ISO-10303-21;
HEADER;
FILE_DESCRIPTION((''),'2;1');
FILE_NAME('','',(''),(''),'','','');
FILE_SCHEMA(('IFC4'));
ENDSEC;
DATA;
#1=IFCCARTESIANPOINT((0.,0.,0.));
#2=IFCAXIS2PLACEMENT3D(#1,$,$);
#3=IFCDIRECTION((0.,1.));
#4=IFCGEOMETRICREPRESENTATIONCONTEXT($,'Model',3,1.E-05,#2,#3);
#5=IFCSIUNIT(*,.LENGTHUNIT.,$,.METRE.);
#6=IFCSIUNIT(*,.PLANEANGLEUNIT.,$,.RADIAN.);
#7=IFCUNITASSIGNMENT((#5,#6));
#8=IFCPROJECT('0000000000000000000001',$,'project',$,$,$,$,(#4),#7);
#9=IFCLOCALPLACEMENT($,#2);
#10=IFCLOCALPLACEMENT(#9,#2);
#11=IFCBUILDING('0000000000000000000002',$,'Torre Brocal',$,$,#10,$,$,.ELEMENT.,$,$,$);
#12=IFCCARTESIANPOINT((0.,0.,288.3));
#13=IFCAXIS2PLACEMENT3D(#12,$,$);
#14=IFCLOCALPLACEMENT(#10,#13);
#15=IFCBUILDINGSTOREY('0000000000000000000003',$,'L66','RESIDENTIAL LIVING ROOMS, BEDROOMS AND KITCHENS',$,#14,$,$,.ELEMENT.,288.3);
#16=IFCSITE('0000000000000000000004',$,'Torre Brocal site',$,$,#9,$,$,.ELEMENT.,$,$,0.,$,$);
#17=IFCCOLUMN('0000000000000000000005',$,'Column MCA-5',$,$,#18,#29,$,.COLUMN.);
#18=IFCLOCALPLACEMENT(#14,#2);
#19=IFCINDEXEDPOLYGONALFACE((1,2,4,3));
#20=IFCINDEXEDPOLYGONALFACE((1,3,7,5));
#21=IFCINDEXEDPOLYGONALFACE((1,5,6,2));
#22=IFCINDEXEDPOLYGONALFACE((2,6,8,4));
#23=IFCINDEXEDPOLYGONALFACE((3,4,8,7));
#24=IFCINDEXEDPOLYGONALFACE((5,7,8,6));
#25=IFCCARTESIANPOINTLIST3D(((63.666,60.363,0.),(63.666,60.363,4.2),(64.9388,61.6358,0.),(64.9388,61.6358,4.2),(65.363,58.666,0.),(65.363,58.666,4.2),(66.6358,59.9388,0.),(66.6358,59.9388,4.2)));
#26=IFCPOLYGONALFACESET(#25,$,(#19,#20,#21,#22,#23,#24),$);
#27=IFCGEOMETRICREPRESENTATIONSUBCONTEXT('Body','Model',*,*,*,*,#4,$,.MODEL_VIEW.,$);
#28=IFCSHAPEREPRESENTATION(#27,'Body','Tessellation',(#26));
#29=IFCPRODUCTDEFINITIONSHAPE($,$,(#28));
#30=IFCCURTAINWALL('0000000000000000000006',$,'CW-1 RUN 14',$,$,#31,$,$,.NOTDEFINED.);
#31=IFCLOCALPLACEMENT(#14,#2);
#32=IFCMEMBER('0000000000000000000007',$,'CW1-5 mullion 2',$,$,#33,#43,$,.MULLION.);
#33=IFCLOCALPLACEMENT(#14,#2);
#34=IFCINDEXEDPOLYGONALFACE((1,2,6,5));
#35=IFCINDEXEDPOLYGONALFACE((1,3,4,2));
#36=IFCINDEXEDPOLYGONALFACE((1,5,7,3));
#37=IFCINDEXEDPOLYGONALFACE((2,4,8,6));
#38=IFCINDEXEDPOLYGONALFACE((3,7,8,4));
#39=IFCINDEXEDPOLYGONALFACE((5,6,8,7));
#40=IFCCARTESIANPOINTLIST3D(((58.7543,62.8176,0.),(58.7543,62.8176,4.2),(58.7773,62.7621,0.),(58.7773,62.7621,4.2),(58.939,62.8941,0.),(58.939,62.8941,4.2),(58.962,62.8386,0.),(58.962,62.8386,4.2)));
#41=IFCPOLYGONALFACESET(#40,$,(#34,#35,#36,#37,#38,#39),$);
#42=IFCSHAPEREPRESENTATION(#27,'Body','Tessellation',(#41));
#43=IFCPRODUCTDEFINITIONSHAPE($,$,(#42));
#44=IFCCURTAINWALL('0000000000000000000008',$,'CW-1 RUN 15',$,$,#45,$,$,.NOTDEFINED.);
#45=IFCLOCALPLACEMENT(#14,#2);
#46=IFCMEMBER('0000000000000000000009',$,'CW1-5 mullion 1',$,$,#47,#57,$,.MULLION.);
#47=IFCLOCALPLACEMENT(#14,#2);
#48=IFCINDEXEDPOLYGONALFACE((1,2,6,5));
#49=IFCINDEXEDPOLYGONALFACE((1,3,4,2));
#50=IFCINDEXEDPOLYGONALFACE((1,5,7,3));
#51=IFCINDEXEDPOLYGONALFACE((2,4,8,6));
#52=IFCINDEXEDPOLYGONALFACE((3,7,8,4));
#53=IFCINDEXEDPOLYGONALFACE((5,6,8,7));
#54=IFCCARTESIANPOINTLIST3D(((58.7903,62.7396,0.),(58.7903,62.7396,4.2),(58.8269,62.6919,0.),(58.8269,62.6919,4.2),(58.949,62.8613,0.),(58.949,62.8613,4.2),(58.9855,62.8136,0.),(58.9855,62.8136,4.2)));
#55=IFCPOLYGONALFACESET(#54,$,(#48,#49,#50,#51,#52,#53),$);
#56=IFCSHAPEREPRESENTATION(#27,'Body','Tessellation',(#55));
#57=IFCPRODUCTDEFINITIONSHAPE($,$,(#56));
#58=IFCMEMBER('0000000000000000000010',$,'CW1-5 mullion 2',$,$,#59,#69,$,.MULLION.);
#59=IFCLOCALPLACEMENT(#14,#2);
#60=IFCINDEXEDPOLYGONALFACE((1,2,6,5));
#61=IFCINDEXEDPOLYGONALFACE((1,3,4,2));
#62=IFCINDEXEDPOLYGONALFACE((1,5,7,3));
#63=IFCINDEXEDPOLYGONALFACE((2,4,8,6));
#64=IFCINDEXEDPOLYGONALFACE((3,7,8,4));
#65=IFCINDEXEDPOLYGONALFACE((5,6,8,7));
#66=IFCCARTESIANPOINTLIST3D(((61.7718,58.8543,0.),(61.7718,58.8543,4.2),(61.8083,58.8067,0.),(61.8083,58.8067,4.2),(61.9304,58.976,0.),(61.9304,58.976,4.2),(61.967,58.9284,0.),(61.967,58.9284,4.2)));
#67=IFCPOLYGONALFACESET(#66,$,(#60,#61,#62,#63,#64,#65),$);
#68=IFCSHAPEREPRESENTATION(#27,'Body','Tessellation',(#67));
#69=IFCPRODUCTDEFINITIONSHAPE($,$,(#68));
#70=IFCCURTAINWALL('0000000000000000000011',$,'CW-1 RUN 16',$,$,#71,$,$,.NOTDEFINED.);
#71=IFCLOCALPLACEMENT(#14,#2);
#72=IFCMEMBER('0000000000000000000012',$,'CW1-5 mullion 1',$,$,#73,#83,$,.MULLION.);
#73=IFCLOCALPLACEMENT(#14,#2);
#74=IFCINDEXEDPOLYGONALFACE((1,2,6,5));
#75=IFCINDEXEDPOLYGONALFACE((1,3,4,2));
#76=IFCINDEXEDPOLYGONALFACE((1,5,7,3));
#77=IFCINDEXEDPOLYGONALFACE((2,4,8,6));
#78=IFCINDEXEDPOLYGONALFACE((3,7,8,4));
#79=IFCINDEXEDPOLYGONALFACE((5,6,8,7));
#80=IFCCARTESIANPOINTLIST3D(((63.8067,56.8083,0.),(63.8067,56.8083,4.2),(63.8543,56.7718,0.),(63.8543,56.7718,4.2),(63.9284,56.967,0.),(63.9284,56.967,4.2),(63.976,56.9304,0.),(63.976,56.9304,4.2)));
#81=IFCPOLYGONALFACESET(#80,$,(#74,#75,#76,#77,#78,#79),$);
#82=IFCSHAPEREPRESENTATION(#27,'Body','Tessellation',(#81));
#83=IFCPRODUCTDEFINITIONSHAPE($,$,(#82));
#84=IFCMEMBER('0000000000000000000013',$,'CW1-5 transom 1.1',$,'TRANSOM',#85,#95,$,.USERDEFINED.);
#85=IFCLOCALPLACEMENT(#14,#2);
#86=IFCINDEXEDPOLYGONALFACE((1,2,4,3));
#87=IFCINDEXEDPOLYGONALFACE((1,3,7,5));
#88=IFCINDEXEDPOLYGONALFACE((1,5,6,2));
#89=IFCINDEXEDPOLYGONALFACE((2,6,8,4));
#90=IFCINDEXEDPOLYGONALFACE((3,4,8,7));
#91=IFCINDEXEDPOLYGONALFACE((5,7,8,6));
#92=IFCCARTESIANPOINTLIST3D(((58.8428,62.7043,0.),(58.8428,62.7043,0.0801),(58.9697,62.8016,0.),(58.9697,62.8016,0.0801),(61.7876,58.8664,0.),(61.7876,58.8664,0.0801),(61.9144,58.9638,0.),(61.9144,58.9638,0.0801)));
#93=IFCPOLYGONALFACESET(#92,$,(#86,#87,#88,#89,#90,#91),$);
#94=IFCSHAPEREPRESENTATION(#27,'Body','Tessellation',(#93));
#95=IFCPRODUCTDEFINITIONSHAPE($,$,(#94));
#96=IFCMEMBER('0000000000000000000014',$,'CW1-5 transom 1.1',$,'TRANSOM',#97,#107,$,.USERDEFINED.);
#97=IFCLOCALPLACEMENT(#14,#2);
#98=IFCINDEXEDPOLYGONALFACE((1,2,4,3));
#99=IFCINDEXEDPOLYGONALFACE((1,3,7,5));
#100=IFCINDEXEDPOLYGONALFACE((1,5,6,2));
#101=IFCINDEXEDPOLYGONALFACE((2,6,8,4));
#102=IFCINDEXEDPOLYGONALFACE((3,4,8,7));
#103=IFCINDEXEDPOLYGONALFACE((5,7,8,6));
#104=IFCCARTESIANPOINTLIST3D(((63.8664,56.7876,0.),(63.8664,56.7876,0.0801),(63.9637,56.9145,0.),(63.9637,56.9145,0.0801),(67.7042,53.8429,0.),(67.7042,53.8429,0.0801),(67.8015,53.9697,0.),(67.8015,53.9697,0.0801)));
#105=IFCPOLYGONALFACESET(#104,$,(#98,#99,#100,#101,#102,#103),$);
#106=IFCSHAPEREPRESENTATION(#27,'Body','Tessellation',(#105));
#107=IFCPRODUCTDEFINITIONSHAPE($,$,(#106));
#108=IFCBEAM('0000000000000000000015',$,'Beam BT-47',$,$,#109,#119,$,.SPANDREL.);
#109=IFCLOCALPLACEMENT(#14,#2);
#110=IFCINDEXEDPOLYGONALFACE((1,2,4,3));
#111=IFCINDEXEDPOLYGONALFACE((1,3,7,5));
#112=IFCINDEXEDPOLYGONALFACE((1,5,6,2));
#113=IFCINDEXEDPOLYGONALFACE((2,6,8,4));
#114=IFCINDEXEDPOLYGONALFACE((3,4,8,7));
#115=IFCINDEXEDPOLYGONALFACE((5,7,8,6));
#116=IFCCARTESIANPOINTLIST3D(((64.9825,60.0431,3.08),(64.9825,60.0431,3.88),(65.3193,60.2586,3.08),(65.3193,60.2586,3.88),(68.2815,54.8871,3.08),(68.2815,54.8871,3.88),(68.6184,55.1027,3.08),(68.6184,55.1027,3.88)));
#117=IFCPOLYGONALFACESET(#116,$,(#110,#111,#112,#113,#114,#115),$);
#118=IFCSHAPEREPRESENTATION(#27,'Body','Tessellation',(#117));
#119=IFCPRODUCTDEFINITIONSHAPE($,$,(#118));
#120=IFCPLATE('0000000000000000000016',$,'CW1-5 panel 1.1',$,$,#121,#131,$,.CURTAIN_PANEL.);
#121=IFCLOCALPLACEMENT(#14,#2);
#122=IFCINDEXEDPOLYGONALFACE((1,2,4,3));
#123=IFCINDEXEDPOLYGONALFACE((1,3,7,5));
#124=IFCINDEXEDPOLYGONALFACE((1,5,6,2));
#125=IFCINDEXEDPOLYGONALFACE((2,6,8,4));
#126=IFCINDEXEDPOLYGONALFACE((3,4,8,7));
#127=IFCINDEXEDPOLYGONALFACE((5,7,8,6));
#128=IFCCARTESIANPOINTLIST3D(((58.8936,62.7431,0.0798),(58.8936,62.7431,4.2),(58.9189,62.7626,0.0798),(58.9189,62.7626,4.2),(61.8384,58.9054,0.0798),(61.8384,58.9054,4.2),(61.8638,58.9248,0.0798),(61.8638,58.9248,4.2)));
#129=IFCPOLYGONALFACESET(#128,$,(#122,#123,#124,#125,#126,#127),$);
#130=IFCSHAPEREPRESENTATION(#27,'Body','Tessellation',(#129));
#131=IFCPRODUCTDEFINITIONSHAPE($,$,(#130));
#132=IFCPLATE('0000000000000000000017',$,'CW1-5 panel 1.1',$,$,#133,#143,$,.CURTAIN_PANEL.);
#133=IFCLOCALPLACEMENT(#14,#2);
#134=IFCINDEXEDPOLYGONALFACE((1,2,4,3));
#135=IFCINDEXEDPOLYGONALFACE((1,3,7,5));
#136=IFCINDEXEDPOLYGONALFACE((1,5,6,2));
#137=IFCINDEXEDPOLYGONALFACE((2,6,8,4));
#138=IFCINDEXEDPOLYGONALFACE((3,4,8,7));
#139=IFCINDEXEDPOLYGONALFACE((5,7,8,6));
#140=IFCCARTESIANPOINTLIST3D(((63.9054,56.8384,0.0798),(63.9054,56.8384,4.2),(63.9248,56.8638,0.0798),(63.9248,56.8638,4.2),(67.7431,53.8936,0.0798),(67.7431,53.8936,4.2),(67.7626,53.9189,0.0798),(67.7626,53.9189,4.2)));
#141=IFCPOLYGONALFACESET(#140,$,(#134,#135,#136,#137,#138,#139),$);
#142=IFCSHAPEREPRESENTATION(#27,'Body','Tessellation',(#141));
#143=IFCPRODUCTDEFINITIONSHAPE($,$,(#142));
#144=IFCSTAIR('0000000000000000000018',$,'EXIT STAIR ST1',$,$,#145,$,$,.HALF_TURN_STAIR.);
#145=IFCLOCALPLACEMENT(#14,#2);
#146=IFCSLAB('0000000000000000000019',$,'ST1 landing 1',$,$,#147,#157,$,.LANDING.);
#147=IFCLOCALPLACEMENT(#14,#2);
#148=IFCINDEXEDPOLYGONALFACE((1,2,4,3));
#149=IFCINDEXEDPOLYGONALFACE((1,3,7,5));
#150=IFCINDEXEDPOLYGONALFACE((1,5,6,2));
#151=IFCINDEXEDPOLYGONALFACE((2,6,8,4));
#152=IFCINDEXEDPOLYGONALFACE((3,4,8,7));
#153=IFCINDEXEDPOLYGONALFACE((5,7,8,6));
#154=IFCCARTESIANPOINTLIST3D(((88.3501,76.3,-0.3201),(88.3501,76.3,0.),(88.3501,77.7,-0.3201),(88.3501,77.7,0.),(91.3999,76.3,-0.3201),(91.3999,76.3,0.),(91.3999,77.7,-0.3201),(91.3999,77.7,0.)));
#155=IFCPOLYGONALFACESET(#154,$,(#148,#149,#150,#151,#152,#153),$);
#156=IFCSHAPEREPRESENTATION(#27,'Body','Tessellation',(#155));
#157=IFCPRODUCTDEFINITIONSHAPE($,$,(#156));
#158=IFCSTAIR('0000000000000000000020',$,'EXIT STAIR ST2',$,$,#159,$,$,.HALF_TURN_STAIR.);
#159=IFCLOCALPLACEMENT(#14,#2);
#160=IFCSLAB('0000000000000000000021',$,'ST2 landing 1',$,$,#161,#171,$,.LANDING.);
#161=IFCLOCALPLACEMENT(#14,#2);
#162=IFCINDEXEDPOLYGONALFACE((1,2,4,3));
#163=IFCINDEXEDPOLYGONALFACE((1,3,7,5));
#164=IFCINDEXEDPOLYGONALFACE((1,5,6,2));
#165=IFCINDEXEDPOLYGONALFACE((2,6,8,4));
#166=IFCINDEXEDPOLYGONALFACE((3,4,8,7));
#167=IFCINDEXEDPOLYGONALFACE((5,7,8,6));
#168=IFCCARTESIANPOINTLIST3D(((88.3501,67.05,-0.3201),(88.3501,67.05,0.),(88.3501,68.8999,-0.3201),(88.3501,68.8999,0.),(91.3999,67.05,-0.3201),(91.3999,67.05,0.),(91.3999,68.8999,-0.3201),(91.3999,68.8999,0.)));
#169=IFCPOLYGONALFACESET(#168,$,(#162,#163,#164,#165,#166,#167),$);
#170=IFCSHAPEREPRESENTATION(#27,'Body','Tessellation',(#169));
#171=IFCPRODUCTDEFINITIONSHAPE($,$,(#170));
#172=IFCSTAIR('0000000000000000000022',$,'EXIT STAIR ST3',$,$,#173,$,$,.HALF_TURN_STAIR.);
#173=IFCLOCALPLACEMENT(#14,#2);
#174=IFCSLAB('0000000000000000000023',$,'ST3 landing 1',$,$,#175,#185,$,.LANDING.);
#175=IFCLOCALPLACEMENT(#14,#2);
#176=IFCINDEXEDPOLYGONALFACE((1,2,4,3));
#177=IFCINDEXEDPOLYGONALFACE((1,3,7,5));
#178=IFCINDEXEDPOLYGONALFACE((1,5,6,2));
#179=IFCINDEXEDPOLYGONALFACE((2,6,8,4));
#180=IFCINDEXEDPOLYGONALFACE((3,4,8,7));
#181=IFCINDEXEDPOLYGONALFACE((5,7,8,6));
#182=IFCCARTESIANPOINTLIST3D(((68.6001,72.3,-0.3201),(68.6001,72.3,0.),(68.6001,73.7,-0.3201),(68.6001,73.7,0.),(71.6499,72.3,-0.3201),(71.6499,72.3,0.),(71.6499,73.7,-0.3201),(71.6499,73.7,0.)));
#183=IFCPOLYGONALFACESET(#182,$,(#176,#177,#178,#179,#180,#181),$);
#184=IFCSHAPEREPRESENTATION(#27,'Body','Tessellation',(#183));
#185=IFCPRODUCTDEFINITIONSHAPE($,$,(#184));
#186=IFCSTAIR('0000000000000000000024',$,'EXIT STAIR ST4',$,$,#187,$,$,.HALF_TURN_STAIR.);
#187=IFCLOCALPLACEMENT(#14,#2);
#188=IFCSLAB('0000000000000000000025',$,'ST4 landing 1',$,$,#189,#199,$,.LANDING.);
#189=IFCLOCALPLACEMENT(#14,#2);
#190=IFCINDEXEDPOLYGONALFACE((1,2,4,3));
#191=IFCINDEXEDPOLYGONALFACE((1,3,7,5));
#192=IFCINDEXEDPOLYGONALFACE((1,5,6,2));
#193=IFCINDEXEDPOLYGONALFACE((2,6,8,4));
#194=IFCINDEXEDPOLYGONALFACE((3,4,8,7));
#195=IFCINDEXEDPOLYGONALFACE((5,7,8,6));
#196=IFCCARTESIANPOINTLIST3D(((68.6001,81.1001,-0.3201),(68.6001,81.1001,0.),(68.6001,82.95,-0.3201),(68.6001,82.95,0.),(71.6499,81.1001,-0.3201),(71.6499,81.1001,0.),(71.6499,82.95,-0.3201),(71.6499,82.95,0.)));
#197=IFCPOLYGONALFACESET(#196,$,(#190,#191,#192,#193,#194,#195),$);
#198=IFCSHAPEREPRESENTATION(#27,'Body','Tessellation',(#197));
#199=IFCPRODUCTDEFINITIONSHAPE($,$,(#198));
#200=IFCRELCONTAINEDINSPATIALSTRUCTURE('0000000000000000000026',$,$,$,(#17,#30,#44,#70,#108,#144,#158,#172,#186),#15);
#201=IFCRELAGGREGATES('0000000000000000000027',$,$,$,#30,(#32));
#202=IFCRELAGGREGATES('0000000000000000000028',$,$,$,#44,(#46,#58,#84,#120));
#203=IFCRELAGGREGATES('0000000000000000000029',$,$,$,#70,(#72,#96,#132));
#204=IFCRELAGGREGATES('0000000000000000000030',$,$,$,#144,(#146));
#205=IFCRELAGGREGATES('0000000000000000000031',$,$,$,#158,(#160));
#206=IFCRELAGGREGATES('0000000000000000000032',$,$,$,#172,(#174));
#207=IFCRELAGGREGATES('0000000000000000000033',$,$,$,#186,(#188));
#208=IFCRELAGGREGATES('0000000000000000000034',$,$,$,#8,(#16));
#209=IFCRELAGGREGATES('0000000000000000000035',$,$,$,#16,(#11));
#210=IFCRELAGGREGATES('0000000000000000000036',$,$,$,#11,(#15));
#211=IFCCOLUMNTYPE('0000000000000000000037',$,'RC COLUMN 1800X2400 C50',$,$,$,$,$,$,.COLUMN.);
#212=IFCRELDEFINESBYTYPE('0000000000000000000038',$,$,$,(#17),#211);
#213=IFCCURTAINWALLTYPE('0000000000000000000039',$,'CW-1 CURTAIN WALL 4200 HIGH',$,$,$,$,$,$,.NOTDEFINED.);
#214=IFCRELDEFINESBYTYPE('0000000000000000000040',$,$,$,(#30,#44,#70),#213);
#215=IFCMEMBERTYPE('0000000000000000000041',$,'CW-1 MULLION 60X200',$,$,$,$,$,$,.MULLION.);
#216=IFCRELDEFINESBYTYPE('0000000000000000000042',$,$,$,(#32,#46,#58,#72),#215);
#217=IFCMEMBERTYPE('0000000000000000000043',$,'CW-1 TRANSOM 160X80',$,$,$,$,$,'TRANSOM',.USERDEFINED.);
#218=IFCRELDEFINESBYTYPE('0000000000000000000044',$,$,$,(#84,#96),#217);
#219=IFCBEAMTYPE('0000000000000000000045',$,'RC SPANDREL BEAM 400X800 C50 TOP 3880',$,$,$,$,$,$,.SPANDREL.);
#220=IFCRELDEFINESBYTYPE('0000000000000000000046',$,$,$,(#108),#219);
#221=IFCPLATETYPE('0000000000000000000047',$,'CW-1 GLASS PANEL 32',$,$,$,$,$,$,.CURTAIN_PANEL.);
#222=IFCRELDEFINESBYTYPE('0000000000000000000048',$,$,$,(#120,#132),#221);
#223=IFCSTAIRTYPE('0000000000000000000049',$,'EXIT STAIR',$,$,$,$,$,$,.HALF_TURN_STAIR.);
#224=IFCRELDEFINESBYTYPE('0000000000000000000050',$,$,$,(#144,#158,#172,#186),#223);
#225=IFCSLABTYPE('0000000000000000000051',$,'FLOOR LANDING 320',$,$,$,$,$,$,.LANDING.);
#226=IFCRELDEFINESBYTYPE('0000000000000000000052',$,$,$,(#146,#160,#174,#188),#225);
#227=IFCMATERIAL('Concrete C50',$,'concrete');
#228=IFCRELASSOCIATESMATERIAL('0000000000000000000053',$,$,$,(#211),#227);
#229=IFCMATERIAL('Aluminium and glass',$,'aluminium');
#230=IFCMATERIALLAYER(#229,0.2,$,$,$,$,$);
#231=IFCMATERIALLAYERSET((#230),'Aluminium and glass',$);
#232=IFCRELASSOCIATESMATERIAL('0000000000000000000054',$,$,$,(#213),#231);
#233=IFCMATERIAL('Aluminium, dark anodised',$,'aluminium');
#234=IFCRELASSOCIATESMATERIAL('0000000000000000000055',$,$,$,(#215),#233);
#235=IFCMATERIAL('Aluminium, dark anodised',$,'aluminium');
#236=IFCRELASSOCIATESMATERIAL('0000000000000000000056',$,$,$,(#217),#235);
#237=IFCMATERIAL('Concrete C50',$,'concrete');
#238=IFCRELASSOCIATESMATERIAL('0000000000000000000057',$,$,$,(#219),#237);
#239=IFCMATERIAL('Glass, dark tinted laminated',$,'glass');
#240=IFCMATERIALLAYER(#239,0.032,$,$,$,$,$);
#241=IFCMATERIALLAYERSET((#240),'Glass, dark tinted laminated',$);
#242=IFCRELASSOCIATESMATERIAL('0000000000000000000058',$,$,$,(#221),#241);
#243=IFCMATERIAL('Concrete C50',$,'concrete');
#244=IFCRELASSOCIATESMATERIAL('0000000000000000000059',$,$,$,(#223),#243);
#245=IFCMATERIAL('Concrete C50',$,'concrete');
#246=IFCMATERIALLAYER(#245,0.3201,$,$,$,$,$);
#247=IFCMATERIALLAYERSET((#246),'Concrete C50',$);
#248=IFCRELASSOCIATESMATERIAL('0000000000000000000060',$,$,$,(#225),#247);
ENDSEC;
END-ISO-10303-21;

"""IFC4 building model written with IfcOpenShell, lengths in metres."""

from ifc_helpers import new_model, si_unit, direction, frame, origin, origin_2d, place, context, subcontext, project, spatial, polyline, rectangle, outline, extrude, material, layer, layer_set, material_profile, profile_set, type_object, element, aggregate, save


model = new_model("IFC4")

# Units and contexts
model_context = context("Model", 3, precision=1e-05, world=origin(), true_north=direction((0.0, 1.0)))
body_context = subcontext(model_context, "Body", "Model", "MODEL_VIEW")
ifc_project = project(units=[si_unit("LENGTHUNIT", "METRE"), si_unit("PLANEANGLEUNIT", "RADIAN")], contexts=[model_context])

# Site, building, storey
site_placement = place(None, origin())
site = spatial("IfcSite", under=ifc_project, at=site_placement, Name="Torre Brocal site", CompositionType="ELEMENT", RefElevation=0.0)
building_placement = place(site_placement, origin())
building = spatial("IfcBuilding", under=site, at=building_placement, Name="Torre Brocal", CompositionType="ELEMENT")
storey_placement = place(building_placement, frame((0.0, 0.0, 288.3)))
storey = spatial("IfcBuildingStorey", under=building, at=storey_placement, Name="L66", Description="RESIDENTIAL LIVING ROOMS, BEDROOMS AND KITCHENS", CompositionType="ELEMENT", Elevation=288.3)

# Column
ifc_material_1 = material(Name="Concrete C50", Category="concrete")
ifc_material_profile_1 = material_profile(ifc_material_1, rectangle(XDim=1.8, YDim=2.3999, at=origin_2d()), Name="RC 1800X2400")
ifc_profile_set_1 = profile_set([ifc_material_profile_1], Name="Concrete C50")
column_type = type_object("IfcColumnType", Name="RC COLUMN 1800X2400 C50", PredefinedType="COLUMN", material=ifc_profile_set_1)
column_placement = place(storey_placement, frame((65.1509, 60.1509, 0.0), z_axis=(0.0, 0.0, 1.0), x_axis=(-0.707107, -0.707107, 0.0)))
element("IfcColumn", 1, at=column_placement, inside=storey, type_object=column_type, Name="Column MCA-5", PredefinedType="COLUMN", context=body_context, shape_type="SweptSolid", body=[
    extrude(rectangle(XDim=1.8, YDim=2.3999, at=origin_2d()), origin(), (0.0, 0.0, 1.0), 4.2),
])

# Curtain wall, member
ifc_material_2 = material(Name="Aluminium and glass", Category="aluminium")
ifc_layer_1 = layer(ifc_material_2, 0.2)
ifc_layer_set_1 = layer_set([ifc_layer_1], Name="Aluminium and glass")
curtain_wall_type = type_object("IfcCurtainWallType", Name="CW-1 CURTAIN WALL 4200 HIGH", PredefinedType="NOTDEFINED", material=ifc_layer_set_1)
curtain_wall_1_placement = place(storey_placement, origin())
curtain_wall_1 = element("IfcCurtainWall", 2, at=curtain_wall_1_placement, inside=storey, type_object=curtain_wall_type, Name="CW-1 RUN 14", PredefinedType="NOTDEFINED")
ifc_material_3 = material(Name="Aluminium, dark anodised", Category="aluminium")
ifc_material_profile_2 = material_profile(ifc_material_3, rectangle(XDim=0.2, YDim=0.0601, at=origin_2d()), Name="CW-1 MULLION 60X200")
ifc_profile_set_2 = profile_set([ifc_material_profile_2], Name="Aluminium, dark anodised")
member_type_1 = type_object("IfcMemberType", Name="CW-1 MULLION 60X200", PredefinedType="MULLION", material=ifc_profile_set_2)
member_1_placement = place(storey_placement, frame((58.8582, 62.8281, 0.0), z_axis=(0.0, 0.0, 1.0), x_axis=(0.92388, 0.382683, 0.0)))
member_1 = element("IfcMember", 3, at=member_1_placement, type_object=member_type_1, Name="CW1-5 mullion 2", PredefinedType="MULLION", context=body_context, shape_type="SweptSolid", body=[
    extrude(rectangle(XDim=0.2, YDim=0.0601, at=origin_2d()), origin(), (0.0, 0.0, 1.0), 4.2),
])
aggregate(curtain_wall_1, [member_1])

# Curtain wall, members
curtain_wall_2_placement = place(storey_placement, origin())
curtain_wall_2 = element("IfcCurtainWall", 4, at=curtain_wall_2_placement, inside=storey, type_object=curtain_wall_type, Name="CW-1 RUN 15", PredefinedType="NOTDEFINED")
member_2_placement = place(storey_placement, frame((58.8879, 62.7766, 0.0), z_axis=(0.0, 0.0, 1.0), x_axis=(0.793353, 0.608761, 0.0)))
member_2 = element("IfcMember", 5, at=member_2_placement, type_object=member_type_1, Name="CW1-5 mullion 1", PredefinedType="MULLION", context=body_context, shape_type="SweptSolid", body=[
    extrude(rectangle(XDim=0.2, YDim=0.0601, at=origin_2d()), origin(), (0.0, 0.0, 1.0), 4.2),
])
member_3_placement = place(storey_placement, frame((61.8694, 58.8914, 0.0), z_axis=(0.0, 0.0, 1.0), x_axis=(0.793353, 0.608761, 0.0)))
member_3 = element("IfcMember", 6, at=member_3_placement, type_object=member_type_1, Name="CW1-5 mullion 2", PredefinedType="MULLION", context=body_context, shape_type="SweptSolid", body=[
    extrude(rectangle(XDim=0.2, YDim=0.0601, at=origin_2d()), origin(), (0.0, 0.0, 1.0), 4.2),
])

# Curtain wall, member
curtain_wall_3_placement = place(storey_placement, origin())
curtain_wall_3 = element("IfcCurtainWall", 7, at=curtain_wall_3_placement, inside=storey, type_object=curtain_wall_type, Name="CW-1 RUN 16", PredefinedType="NOTDEFINED")
member_4_placement = place(storey_placement, frame((63.8914, 56.8694, 0.0), z_axis=(0.0, 0.0, 1.0), x_axis=(0.608761, 0.793353, 0.0)))
member_4 = element("IfcMember", 8, at=member_4_placement, type_object=member_type_1, Name="CW1-5 mullion 1", PredefinedType="MULLION", context=body_context, shape_type="SweptSolid", body=[
    extrude(rectangle(XDim=0.2, YDim=0.0601, at=origin_2d()), origin(), (0.0, 0.0, 1.0), 4.2),
])

# Members
ifc_material_4 = material(Name="Aluminium, dark anodised", Category="aluminium")
ifc_material_profile_3 = material_profile(ifc_material_4, rectangle(XDim=0.1599, YDim=0.0801, at=origin_2d()), Name="CW-1 TRANSOM 160X80")
ifc_profile_set_3 = profile_set([ifc_material_profile_3], Name="Aluminium, dark anodised")
member_type_2 = type_object("IfcMemberType", Name="CW-1 TRANSOM 160X80", ElementType="TRANSOM", PredefinedType="USERDEFINED", material=ifc_profile_set_3)
member_5_placement = place(storey_placement, frame((58.9062, 62.7529, 0.04), z_axis=(0.608749, -0.793363, 0.0), x_axis=(0.793363, 0.608749, 0.0)))
member_5 = element("IfcMember", 9, at=member_5_placement, type_object=member_type_2, Name="CW1-5 transom 1.1", ObjectType="TRANSOM", PredefinedType="USERDEFINED", context=body_context, shape_type="SweptSolid", body=[
    extrude(rectangle(XDim=0.1599, YDim=0.0801, at=origin_2d()), origin(), (0.0, 0.0, 1.0), 4.8374),
])
member_6_placement = place(storey_placement, frame((63.915, 56.8511, 0.04), z_axis=(0.793363, -0.608749, 0.0), x_axis=(0.608749, 0.793363, 0.0)))
member_6 = element("IfcMember", 10, at=member_6_placement, type_object=member_type_2, Name="CW1-5 transom 1.1", ObjectType="TRANSOM", PredefinedType="USERDEFINED", context=body_context, shape_type="SweptSolid", body=[
    extrude(rectangle(XDim=0.1599, YDim=0.0801, at=origin_2d()), origin(), (0.0, 0.0, 1.0), 4.8374),
])

# Beam
ifc_material_5 = material(Name="Concrete C50", Category="concrete")
ifc_material_profile_4 = material_profile(ifc_material_5, rectangle(XDim=0.3999, YDim=0.8, at=origin_2d()), Name="RC 400X800")
ifc_profile_set_4 = profile_set([ifc_material_profile_4], Name="Concrete C50")
beam_type = type_object("IfcBeamType", Name="RC SPANDREL BEAM 400X800 C50 TOP 3880", PredefinedType="SPANDREL", material=ifc_profile_set_4)
beam_placement = place(storey_placement, frame((65.1509, 60.1509, 3.48), z_axis=(0.538964, -0.842329, 0.0), x_axis=(0.842329, 0.538964, 0.0)))
element("IfcBeam", 11, at=beam_placement, inside=storey, type_object=beam_type, Name="Beam BT-47", PredefinedType="SPANDREL", context=body_context, shape_type="SweptSolid", body=[
    extrude(rectangle(XDim=0.3999, YDim=0.8, at=origin_2d()), origin(), (0.0, 0.0, 1.0), 6.1211),
])

# Plates
ifc_material_6 = material(Name="Glass, dark tinted laminated", Category="glass")
ifc_layer_2 = layer(ifc_material_6, 0.032)
ifc_layer_set_2 = layer_set([ifc_layer_2], Name="Glass, dark tinted laminated")
plate_type = type_object("IfcPlateType", Name="CW-1 GLASS PANEL 32", PredefinedType="CURTAIN_PANEL", material=ifc_layer_set_2)
plate_1_placement = place(storey_placement, frame((60.3787, 60.834, 0.0798), z_axis=(0.0, 0.0, 1.0), x_axis=(0.608761, -0.793353, 0.0)))
plate_1 = element("IfcPlate", 12, at=plate_1_placement, type_object=plate_type, Name="CW1-5 panel 1.1", PredefinedType="CURTAIN_PANEL", context=body_context, shape_type="SweptSolid", body=[
    extrude(rectangle(XDim=4.8374, YDim=0.032, at=origin_2d()), origin(), (0.0, 0.0, 1.0), 4.1201),
])
aggregate(curtain_wall_2, [member_2, member_3, member_5, plate_1])
plate_2_placement = place(storey_placement, frame((65.834, 55.3787, 0.0798), z_axis=(0.0, 0.0, 1.0), x_axis=(0.793353, -0.608761, 0.0)))
plate_2 = element("IfcPlate", 13, at=plate_2_placement, type_object=plate_type, Name="CW1-5 panel 1.1", PredefinedType="CURTAIN_PANEL", context=body_context, shape_type="SweptSolid", body=[
    extrude(rectangle(XDim=4.8374, YDim=0.032, at=origin_2d()), origin(), (0.0, 0.0, 1.0), 4.1201),
])
aggregate(curtain_wall_3, [member_4, member_6, plate_2])

# Stairs, slabs
ifc_material_7 = material(Name="Concrete C50", Category="concrete")
stair_type = type_object("IfcStairType", Name="EXIT STAIR", PredefinedType="HALF_TURN_STAIR", material=ifc_material_7)
stair_1_placement = place(storey_placement, origin())
stair_1 = element("IfcStair", 14, at=stair_1_placement, inside=storey, type_object=stair_type, Name="EXIT STAIR ST1", PredefinedType="HALF_TURN_STAIR")
ifc_material_8 = material(Name="Concrete C50", Category="concrete")
ifc_layer_3 = layer(ifc_material_8, 0.3201)
ifc_layer_set_3 = layer_set([ifc_layer_3], Name="Concrete C50")
slab_type_1 = type_object("IfcSlabType", Name="FLOOR LANDING 320", PredefinedType="LANDING", material=ifc_layer_set_3)
slab_1_placement = place(storey_placement, frame((0.0, 0.0, -0.3201)))
slab_1 = element("IfcSlab", 15, at=slab_1_placement, type_object=slab_type_1, Name="ST1 landing 1", PredefinedType="LANDING", context=body_context, shape_type="SweptSolid", body=[
    extrude(outline(polyline([(88.3501, 76.3), (91.3999, 76.3), (91.3999, 77.7), (88.3501, 77.7), (88.3501, 76.3)])), origin(), (0.0, 0.0, 1.0), 0.3201),
])
stair_2_placement = place(storey_placement, origin())
stair_2 = element("IfcStair", 16, at=stair_2_placement, inside=storey, type_object=stair_type, Name="EXIT STAIR ST2", PredefinedType="HALF_TURN_STAIR")
slab_2_placement = place(storey_placement, frame((0.0, 0.0, -0.3201)))
slab_2 = element("IfcSlab", 17, at=slab_2_placement, type_object=slab_type_1, Name="ST2 landing 1", PredefinedType="LANDING", context=body_context, shape_type="SweptSolid", body=[
    extrude(outline(polyline([(88.3501, 67.05), (91.3999, 67.05), (91.3999, 68.8999), (88.3501, 68.8999), (88.3501, 67.05)])), origin(), (0.0, 0.0, 1.0), 0.3201),
])
stair_3_placement = place(storey_placement, origin())
stair_3 = element("IfcStair", 18, at=stair_3_placement, inside=storey, type_object=stair_type, Name="EXIT STAIR ST3", PredefinedType="HALF_TURN_STAIR")
slab_3_placement = place(storey_placement, frame((0.0, 0.0, -0.3201)))
slab_3 = element("IfcSlab", 19, at=slab_3_placement, type_object=slab_type_1, Name="ST3 landing 1", PredefinedType="LANDING", context=body_context, shape_type="SweptSolid", body=[
    extrude(outline(polyline([(71.6499, 73.7), (68.6001, 73.7), (68.6001, 72.3), (71.6499, 72.3), (71.6499, 73.7)])), origin(), (0.0, 0.0, 1.0), 0.3201),
])
stair_4_placement = place(storey_placement, origin())
stair_4 = element("IfcStair", 20, at=stair_4_placement, inside=storey, type_object=stair_type, Name="EXIT STAIR ST4", PredefinedType="HALF_TURN_STAIR")
slab_4_placement = place(storey_placement, frame((0.0, 0.0, -0.3201)))
slab_4 = element("IfcSlab", 21, at=slab_4_placement, type_object=slab_type_1, Name="ST4 landing 1", PredefinedType="LANDING", context=body_context, shape_type="SweptSolid", body=[
    extrude(outline(polyline([(71.6499, 82.95), (68.6001, 82.95), (68.6001, 81.1001), (71.6499, 81.1001), (71.6499, 82.95)])), origin(), (0.0, 0.0, 1.0), 0.3201),
])

aggregate(stair_1, [slab_1])
aggregate(stair_2, [slab_2])
aggregate(stair_3, [slab_3])
aggregate(stair_4, [slab_4])

save(model, "model.ifc")
